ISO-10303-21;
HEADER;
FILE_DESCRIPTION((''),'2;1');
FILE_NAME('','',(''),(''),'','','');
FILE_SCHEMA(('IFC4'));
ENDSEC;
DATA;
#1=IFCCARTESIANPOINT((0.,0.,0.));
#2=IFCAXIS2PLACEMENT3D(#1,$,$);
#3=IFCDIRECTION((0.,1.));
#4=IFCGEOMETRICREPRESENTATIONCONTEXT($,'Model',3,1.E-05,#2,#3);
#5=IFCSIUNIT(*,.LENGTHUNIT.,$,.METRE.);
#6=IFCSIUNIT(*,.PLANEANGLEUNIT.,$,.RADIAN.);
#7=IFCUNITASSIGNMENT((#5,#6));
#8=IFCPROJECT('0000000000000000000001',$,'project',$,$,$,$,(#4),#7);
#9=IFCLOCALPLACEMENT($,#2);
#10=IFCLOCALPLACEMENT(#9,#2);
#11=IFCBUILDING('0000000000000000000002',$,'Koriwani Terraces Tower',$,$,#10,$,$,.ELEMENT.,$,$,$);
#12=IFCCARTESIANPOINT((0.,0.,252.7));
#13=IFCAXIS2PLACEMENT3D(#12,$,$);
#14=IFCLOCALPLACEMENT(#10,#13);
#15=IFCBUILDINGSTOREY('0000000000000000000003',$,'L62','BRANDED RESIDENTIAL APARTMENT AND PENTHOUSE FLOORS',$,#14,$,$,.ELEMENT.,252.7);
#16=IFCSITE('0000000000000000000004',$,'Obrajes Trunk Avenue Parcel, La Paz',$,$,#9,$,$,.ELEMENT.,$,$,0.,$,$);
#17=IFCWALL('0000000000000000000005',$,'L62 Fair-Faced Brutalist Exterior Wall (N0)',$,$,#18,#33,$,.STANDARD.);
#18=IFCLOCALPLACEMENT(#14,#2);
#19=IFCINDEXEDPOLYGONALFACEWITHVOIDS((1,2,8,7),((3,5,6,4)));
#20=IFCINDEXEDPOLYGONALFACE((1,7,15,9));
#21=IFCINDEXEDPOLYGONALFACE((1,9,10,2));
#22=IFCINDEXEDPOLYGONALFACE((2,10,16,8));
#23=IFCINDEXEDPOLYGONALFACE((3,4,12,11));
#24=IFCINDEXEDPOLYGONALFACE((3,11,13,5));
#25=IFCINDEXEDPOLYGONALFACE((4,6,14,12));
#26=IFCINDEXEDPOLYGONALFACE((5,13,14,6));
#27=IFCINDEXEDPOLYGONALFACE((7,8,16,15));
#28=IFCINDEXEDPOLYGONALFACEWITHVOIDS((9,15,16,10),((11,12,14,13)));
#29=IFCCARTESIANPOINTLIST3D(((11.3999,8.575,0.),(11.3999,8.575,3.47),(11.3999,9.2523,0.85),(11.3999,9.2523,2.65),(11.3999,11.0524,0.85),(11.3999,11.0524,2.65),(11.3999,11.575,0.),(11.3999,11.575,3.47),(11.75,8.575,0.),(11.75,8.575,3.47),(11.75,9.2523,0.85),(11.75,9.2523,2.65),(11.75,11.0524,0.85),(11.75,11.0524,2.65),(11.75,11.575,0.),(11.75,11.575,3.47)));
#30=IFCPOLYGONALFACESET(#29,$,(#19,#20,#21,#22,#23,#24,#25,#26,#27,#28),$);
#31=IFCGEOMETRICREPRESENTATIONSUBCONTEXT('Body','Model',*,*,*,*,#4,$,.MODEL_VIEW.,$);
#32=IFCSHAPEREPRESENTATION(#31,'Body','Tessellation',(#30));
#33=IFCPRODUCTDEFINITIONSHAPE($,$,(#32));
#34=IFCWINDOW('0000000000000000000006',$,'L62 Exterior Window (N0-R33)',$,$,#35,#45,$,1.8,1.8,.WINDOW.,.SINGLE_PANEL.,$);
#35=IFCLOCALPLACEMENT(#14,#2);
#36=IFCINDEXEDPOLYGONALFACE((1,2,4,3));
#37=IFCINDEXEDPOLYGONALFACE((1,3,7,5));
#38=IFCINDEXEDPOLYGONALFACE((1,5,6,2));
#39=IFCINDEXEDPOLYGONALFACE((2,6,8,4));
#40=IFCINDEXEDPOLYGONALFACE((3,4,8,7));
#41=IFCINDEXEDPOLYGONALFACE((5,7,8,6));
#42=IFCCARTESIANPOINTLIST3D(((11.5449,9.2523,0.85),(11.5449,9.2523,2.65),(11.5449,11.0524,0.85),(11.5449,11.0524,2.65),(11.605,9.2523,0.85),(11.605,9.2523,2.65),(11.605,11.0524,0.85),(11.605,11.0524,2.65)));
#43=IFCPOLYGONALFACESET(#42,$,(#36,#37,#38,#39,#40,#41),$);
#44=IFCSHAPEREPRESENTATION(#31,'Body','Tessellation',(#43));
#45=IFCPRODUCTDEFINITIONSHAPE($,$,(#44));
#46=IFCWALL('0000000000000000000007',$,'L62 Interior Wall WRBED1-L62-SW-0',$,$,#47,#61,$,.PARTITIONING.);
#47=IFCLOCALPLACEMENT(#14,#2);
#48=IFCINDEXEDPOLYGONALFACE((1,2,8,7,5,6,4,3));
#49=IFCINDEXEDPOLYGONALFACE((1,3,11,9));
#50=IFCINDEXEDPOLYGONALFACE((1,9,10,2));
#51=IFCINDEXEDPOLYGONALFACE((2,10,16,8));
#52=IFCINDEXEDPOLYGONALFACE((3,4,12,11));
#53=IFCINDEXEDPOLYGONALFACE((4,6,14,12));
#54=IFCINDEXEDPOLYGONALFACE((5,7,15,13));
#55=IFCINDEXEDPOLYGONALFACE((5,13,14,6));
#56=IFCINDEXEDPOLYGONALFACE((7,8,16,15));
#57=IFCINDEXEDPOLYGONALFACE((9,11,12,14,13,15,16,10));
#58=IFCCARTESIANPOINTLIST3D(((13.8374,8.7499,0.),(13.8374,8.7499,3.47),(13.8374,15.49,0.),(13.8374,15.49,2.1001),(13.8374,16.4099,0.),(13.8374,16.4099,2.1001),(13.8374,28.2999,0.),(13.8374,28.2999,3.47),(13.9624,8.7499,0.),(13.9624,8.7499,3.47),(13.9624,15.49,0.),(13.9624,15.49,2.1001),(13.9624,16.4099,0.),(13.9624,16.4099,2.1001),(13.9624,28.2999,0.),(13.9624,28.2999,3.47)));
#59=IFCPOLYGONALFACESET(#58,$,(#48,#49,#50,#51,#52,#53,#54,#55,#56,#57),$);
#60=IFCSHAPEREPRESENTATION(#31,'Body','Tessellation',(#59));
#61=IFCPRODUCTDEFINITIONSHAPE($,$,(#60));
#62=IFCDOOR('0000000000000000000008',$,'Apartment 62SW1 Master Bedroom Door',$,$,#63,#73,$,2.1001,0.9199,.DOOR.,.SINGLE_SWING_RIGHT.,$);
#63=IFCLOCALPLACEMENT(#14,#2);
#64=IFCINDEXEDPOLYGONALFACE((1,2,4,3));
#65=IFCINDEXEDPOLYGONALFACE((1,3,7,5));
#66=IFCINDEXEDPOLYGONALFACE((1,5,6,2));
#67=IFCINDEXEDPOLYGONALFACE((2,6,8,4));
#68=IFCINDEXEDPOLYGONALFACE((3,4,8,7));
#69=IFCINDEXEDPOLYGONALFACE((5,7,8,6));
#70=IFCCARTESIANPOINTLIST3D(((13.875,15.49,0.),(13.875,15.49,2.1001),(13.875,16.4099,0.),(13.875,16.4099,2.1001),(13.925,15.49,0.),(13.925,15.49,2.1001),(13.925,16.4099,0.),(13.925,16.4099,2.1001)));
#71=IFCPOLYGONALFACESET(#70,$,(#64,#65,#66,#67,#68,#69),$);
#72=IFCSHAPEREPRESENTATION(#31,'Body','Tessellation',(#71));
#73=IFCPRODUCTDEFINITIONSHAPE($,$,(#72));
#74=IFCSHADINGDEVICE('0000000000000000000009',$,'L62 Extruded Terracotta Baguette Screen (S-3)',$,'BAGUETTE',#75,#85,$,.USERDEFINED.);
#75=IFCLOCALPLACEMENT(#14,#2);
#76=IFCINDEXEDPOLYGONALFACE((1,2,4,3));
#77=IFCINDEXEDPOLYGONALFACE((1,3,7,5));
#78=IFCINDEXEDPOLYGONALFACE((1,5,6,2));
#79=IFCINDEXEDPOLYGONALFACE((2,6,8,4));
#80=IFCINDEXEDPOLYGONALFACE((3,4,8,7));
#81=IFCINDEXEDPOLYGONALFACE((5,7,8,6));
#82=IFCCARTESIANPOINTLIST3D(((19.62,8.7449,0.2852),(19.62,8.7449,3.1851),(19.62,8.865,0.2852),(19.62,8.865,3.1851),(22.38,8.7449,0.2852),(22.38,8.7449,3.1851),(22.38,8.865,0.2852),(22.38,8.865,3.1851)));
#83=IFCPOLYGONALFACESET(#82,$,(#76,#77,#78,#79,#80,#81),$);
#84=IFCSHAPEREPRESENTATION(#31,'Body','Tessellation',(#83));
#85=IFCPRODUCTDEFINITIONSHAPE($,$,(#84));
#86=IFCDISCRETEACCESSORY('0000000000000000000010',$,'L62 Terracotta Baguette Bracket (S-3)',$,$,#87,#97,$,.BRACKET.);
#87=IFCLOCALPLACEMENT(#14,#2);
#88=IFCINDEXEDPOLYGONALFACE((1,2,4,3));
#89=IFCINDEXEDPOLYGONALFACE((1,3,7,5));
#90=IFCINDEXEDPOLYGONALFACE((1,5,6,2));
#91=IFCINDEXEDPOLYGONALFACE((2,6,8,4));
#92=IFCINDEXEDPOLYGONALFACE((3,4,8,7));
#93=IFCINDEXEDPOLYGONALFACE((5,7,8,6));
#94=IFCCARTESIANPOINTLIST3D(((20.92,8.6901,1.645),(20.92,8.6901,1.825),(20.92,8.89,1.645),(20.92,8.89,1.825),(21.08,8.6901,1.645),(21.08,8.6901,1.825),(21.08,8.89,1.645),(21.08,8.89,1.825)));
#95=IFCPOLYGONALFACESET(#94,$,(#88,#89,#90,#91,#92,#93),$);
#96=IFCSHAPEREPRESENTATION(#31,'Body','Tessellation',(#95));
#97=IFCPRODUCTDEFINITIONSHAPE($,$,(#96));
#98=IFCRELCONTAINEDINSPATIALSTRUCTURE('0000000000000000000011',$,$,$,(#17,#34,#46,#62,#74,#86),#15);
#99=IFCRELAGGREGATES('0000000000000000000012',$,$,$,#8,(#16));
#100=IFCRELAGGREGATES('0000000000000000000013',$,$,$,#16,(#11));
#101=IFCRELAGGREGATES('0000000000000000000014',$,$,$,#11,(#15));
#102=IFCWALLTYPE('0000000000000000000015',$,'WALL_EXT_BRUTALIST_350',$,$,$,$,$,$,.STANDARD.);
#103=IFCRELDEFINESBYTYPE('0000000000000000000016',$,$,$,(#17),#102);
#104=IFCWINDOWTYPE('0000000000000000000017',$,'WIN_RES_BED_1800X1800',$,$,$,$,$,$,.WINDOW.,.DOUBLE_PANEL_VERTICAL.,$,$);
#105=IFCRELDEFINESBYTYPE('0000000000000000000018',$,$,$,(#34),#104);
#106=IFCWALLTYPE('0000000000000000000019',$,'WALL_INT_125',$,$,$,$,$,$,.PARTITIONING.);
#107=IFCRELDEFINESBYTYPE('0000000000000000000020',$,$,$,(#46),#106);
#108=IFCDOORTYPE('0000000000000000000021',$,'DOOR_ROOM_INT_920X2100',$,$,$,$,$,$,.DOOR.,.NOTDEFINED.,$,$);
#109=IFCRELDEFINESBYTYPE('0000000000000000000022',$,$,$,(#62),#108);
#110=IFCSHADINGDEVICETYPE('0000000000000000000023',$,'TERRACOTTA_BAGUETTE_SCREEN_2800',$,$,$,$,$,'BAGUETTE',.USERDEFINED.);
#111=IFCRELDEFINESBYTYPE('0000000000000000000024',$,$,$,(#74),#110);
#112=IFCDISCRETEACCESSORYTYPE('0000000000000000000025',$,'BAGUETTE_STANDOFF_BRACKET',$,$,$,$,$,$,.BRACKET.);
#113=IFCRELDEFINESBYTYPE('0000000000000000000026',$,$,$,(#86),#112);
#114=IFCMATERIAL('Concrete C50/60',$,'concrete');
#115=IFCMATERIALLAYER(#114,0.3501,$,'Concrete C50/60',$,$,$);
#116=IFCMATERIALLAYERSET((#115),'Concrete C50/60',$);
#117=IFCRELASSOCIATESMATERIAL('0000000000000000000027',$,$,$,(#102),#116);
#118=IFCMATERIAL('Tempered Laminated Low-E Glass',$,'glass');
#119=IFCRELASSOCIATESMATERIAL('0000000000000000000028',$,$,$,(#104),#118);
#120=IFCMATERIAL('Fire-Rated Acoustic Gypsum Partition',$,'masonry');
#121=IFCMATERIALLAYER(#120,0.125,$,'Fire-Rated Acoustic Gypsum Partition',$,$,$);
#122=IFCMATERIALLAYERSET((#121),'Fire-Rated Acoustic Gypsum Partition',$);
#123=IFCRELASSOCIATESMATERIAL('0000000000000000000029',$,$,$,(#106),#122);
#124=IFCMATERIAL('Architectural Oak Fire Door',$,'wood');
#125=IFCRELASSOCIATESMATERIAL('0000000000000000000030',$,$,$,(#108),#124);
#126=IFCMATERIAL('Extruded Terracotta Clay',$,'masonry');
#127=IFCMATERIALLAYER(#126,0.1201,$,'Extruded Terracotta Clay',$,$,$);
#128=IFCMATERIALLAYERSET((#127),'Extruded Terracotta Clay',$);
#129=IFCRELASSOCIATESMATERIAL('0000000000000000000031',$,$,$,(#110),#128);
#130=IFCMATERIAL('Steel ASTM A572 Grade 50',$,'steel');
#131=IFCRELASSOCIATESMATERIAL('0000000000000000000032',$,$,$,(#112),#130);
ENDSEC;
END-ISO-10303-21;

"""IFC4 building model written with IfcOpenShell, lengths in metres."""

from ifc_helpers import new_model, si_unit, direction, frame, frame_2d, origin, origin_2d, place, context, subcontext, project, spatial, rectangle, extrude, material, layer, layer_set, type_object, element, fill, save


model = new_model("IFC4")

# Units and contexts
model_context = context("Model", 3, precision=1e-05, world=origin(), true_north=direction((0.0, 1.0)))
body_context = subcontext(model_context, "Body", "Model", "MODEL_VIEW")
ifc_project = project(units=[si_unit("LENGTHUNIT", "METRE"), si_unit("PLANEANGLEUNIT", "RADIAN")], contexts=[model_context])

# Site, building, storey
site_placement = place(None, origin())
site = spatial("IfcSite", under=ifc_project, at=site_placement, Name="Obrajes Trunk Avenue Parcel, La Paz", CompositionType="ELEMENT", RefElevation=0.0)
building_placement = place(site_placement, origin())
building = spatial("IfcBuilding", under=site, at=building_placement, Name="Koriwani Terraces Tower", CompositionType="ELEMENT")
storey_placement = place(building_placement, frame((0.0, 0.0, 252.7)))
storey = spatial("IfcBuildingStorey", under=building, at=storey_placement, Name="L62", Description="BRANDED RESIDENTIAL APARTMENT AND PENTHOUSE FLOORS", CompositionType="ELEMENT", Elevation=252.7)

# Shared definitions
ifc_material_1 = material(Name="Concrete C50/60", Category="concrete")

# Shared definitions
ifc_material_2 = material(Name="Steel ASTM A572 Grade 50", Category="steel")

# Wall, opening, window
ifc_layer_1 = layer(ifc_material_1, 0.3501, Name="Concrete C50/60")
ifc_layer_set_1 = layer_set([ifc_layer_1], Name="Concrete C50/60")
wall_type_1 = type_object("IfcWallType", Name="WALL_EXT_BRUTALIST_350", PredefinedType="STANDARD", material=ifc_layer_set_1)
wall_1_placement = place(storey_placement, frame((11.575, 8.575, 0.0), z_axis=(0.0, 0.0, 1.0), x_axis=(0.0, 1.0, 0.0)))
wall_1 = element("IfcWall", 1, at=wall_1_placement, inside=storey, type_object=wall_type_1, Name="L62 Fair-Faced Brutalist Exterior Wall (N0)", PredefinedType="STANDARD", context=body_context, shape_type="SweptSolid", body=[
    extrude(rectangle(XDim=3.0, YDim=0.3501, at=frame_2d((1.5, 0.0))), origin(), (0.0, 0.0, 1.0), 3.47),
])
opening_1_placement = place(wall_1_placement, frame((0.6775, 0.0, 0.8501)))
opening_1 = element("IfcOpeningElement", 2, at=opening_1_placement, cuts=wall_1, PredefinedType="OPENING", context=body_context, shape_type="SweptSolid", body=[
    extrude(rectangle(XDim=1.8, YDim=1.8, at=frame_2d((0.8999, 0.8999))), frame((0.0, 0.1851, 0.0), z_axis=(0.0, -1.0, 0.0), x_axis=(1.0, 0.0, 0.0)), (0.0, 0.0, 1.0), 0.3701),
])
ifc_material_3 = material(Name="Tempered Laminated Low-E Glass", Category="glass")
window_type = type_object("IfcWindowType", Name="WIN_RES_BED_1800X1800", PartitioningType="DOUBLE_PANEL_VERTICAL", PredefinedType="WINDOW", material=ifc_material_3)
window_placement = place(opening_1_placement, origin())
window = element("IfcWindow", 3, at=window_placement, inside=storey, type_object=window_type, Name="L62 Exterior Window (N0-R33)", OverallHeight=1.8, OverallWidth=1.8, PartitioningType="SINGLE_PANEL", PredefinedType="WINDOW", context=body_context, shape_type="SweptSolid", body=[
    extrude(rectangle(XDim=1.8, YDim=1.8, at=frame_2d((0.8999, 0.8999))), frame((0.0, 0.03, 0.0), z_axis=(0.0, -1.0, 0.0), x_axis=(1.0, 0.0, 0.0)), (0.0, 0.0, 1.0), 0.0601),
])
fill(opening_1, window)

# Wall, opening, door
ifc_material_4 = material(Name="Fire-Rated Acoustic Gypsum Partition", Category="masonry")
ifc_layer_2 = layer(ifc_material_4, 0.125, Name="Fire-Rated Acoustic Gypsum Partition")
ifc_layer_set_2 = layer_set([ifc_layer_2], Name="Fire-Rated Acoustic Gypsum Partition")
wall_type_2 = type_object("IfcWallType", Name="WALL_INT_125", PredefinedType="PARTITIONING", material=ifc_layer_set_2)
wall_2_placement = place(storey_placement, frame((13.8999, 8.75, 0.0), z_axis=(0.0, 0.0, 1.0), x_axis=(0.0, 1.0, 0.0)))
wall_2 = element("IfcWall", 4, at=wall_2_placement, inside=storey, type_object=wall_type_2, Name="L62 Interior Wall WRBED1-L62-SW-0", PredefinedType="PARTITIONING", context=body_context, shape_type="SweptSolid", body=[
    extrude(rectangle(XDim=19.55, YDim=0.125, at=frame_2d((9.7749, 0.0))), origin(), (0.0, 0.0, 1.0), 3.47),
])
opening_2_placement = place(wall_2_placement, frame((6.74, 0.0, 0.0)))
opening_2 = element("IfcOpeningElement", 5, at=opening_2_placement, cuts=wall_2, PredefinedType="OPENING", context=body_context, shape_type="SweptSolid", body=[
    extrude(rectangle(XDim=0.9199, YDim=2.1001, at=frame_2d((0.46, 1.05))), frame((0.0, 0.0725, 0.0), z_axis=(0.0, -1.0, 0.0), x_axis=(1.0, 0.0, 0.0)), (0.0, 0.0, 1.0), 0.145),
])
ifc_material_5 = material(Name="Architectural Oak Fire Door", Category="wood")
door_type = type_object("IfcDoorType", Name="DOOR_ROOM_INT_920X2100", OperationType="NOTDEFINED", PredefinedType="DOOR", material=ifc_material_5)
door_placement = place(opening_2_placement, origin())
door = element("IfcDoor", 6, at=door_placement, inside=storey, type_object=door_type, Name="Apartment 62SW1 Master Bedroom Door", OperationType="SINGLE_SWING_RIGHT", OverallHeight=2.1001, OverallWidth=0.9199, PredefinedType="DOOR", context=body_context, shape_type="SweptSolid", body=[
    extrude(rectangle(XDim=0.9199, YDim=2.1001, at=frame_2d((0.46, 1.05))), frame((0.0, 0.0249, 0.0), z_axis=(0.0, -1.0, 0.0), x_axis=(1.0, 0.0, 0.0)), (0.0, 0.0, 1.0), 0.05),
])
fill(opening_2, door)

# Shading device
ifc_material_6 = material(Name="Extruded Terracotta Clay", Category="masonry")
ifc_layer_3 = layer(ifc_material_6, 0.1201, Name="Extruded Terracotta Clay")
ifc_layer_set_3 = layer_set([ifc_layer_3], Name="Extruded Terracotta Clay")
shading_device_type = type_object("IfcShadingDeviceType", Name="TERRACOTTA_BAGUETTE_SCREEN_2800", ElementType="BAGUETTE", PredefinedType="USERDEFINED", material=ifc_layer_set_3)
shading_device_placement = place(storey_placement, frame((21.0, 8.8049, 0.2852), z_axis=(0.0, 0.0, 1.0), x_axis=(-1.0, 0.0, 0.0)))
element("IfcShadingDevice", 7, at=shading_device_placement, inside=storey, type_object=shading_device_type, Name="L62 Extruded Terracotta Baguette Screen (S-3)", ObjectType="BAGUETTE", PredefinedType="USERDEFINED", context=body_context, shape_type="SweptSolid", body=[
    extrude(rectangle(XDim=2.76, YDim=0.1201, at=origin_2d()), origin(), (0.0, 0.0, 1.0), 2.8999),
])

# Discrete accessory
discrete_accessory_type = type_object("IfcDiscreteAccessoryType", Name="BAGUETTE_STANDOFF_BRACKET", PredefinedType="BRACKET", material=ifc_material_2)
discrete_accessory_placement = place(storey_placement, frame((21.0, 8.79, 1.645), z_axis=(0.0, 0.0, 1.0), x_axis=(-1.0, 0.0, 0.0)))
element("IfcDiscreteAccessory", 8, at=discrete_accessory_placement, inside=storey, type_object=discrete_accessory_type, Name="L62 Terracotta Baguette Bracket (S-3)", PredefinedType="BRACKET", context=body_context, shape_type="SweptSolid", body=[
    extrude(rectangle(XDim=0.1599, YDim=0.2, at=origin_2d()), origin(), (0.0, 0.0, 1.0), 0.1799),
])

save(model, "model.ifc")
